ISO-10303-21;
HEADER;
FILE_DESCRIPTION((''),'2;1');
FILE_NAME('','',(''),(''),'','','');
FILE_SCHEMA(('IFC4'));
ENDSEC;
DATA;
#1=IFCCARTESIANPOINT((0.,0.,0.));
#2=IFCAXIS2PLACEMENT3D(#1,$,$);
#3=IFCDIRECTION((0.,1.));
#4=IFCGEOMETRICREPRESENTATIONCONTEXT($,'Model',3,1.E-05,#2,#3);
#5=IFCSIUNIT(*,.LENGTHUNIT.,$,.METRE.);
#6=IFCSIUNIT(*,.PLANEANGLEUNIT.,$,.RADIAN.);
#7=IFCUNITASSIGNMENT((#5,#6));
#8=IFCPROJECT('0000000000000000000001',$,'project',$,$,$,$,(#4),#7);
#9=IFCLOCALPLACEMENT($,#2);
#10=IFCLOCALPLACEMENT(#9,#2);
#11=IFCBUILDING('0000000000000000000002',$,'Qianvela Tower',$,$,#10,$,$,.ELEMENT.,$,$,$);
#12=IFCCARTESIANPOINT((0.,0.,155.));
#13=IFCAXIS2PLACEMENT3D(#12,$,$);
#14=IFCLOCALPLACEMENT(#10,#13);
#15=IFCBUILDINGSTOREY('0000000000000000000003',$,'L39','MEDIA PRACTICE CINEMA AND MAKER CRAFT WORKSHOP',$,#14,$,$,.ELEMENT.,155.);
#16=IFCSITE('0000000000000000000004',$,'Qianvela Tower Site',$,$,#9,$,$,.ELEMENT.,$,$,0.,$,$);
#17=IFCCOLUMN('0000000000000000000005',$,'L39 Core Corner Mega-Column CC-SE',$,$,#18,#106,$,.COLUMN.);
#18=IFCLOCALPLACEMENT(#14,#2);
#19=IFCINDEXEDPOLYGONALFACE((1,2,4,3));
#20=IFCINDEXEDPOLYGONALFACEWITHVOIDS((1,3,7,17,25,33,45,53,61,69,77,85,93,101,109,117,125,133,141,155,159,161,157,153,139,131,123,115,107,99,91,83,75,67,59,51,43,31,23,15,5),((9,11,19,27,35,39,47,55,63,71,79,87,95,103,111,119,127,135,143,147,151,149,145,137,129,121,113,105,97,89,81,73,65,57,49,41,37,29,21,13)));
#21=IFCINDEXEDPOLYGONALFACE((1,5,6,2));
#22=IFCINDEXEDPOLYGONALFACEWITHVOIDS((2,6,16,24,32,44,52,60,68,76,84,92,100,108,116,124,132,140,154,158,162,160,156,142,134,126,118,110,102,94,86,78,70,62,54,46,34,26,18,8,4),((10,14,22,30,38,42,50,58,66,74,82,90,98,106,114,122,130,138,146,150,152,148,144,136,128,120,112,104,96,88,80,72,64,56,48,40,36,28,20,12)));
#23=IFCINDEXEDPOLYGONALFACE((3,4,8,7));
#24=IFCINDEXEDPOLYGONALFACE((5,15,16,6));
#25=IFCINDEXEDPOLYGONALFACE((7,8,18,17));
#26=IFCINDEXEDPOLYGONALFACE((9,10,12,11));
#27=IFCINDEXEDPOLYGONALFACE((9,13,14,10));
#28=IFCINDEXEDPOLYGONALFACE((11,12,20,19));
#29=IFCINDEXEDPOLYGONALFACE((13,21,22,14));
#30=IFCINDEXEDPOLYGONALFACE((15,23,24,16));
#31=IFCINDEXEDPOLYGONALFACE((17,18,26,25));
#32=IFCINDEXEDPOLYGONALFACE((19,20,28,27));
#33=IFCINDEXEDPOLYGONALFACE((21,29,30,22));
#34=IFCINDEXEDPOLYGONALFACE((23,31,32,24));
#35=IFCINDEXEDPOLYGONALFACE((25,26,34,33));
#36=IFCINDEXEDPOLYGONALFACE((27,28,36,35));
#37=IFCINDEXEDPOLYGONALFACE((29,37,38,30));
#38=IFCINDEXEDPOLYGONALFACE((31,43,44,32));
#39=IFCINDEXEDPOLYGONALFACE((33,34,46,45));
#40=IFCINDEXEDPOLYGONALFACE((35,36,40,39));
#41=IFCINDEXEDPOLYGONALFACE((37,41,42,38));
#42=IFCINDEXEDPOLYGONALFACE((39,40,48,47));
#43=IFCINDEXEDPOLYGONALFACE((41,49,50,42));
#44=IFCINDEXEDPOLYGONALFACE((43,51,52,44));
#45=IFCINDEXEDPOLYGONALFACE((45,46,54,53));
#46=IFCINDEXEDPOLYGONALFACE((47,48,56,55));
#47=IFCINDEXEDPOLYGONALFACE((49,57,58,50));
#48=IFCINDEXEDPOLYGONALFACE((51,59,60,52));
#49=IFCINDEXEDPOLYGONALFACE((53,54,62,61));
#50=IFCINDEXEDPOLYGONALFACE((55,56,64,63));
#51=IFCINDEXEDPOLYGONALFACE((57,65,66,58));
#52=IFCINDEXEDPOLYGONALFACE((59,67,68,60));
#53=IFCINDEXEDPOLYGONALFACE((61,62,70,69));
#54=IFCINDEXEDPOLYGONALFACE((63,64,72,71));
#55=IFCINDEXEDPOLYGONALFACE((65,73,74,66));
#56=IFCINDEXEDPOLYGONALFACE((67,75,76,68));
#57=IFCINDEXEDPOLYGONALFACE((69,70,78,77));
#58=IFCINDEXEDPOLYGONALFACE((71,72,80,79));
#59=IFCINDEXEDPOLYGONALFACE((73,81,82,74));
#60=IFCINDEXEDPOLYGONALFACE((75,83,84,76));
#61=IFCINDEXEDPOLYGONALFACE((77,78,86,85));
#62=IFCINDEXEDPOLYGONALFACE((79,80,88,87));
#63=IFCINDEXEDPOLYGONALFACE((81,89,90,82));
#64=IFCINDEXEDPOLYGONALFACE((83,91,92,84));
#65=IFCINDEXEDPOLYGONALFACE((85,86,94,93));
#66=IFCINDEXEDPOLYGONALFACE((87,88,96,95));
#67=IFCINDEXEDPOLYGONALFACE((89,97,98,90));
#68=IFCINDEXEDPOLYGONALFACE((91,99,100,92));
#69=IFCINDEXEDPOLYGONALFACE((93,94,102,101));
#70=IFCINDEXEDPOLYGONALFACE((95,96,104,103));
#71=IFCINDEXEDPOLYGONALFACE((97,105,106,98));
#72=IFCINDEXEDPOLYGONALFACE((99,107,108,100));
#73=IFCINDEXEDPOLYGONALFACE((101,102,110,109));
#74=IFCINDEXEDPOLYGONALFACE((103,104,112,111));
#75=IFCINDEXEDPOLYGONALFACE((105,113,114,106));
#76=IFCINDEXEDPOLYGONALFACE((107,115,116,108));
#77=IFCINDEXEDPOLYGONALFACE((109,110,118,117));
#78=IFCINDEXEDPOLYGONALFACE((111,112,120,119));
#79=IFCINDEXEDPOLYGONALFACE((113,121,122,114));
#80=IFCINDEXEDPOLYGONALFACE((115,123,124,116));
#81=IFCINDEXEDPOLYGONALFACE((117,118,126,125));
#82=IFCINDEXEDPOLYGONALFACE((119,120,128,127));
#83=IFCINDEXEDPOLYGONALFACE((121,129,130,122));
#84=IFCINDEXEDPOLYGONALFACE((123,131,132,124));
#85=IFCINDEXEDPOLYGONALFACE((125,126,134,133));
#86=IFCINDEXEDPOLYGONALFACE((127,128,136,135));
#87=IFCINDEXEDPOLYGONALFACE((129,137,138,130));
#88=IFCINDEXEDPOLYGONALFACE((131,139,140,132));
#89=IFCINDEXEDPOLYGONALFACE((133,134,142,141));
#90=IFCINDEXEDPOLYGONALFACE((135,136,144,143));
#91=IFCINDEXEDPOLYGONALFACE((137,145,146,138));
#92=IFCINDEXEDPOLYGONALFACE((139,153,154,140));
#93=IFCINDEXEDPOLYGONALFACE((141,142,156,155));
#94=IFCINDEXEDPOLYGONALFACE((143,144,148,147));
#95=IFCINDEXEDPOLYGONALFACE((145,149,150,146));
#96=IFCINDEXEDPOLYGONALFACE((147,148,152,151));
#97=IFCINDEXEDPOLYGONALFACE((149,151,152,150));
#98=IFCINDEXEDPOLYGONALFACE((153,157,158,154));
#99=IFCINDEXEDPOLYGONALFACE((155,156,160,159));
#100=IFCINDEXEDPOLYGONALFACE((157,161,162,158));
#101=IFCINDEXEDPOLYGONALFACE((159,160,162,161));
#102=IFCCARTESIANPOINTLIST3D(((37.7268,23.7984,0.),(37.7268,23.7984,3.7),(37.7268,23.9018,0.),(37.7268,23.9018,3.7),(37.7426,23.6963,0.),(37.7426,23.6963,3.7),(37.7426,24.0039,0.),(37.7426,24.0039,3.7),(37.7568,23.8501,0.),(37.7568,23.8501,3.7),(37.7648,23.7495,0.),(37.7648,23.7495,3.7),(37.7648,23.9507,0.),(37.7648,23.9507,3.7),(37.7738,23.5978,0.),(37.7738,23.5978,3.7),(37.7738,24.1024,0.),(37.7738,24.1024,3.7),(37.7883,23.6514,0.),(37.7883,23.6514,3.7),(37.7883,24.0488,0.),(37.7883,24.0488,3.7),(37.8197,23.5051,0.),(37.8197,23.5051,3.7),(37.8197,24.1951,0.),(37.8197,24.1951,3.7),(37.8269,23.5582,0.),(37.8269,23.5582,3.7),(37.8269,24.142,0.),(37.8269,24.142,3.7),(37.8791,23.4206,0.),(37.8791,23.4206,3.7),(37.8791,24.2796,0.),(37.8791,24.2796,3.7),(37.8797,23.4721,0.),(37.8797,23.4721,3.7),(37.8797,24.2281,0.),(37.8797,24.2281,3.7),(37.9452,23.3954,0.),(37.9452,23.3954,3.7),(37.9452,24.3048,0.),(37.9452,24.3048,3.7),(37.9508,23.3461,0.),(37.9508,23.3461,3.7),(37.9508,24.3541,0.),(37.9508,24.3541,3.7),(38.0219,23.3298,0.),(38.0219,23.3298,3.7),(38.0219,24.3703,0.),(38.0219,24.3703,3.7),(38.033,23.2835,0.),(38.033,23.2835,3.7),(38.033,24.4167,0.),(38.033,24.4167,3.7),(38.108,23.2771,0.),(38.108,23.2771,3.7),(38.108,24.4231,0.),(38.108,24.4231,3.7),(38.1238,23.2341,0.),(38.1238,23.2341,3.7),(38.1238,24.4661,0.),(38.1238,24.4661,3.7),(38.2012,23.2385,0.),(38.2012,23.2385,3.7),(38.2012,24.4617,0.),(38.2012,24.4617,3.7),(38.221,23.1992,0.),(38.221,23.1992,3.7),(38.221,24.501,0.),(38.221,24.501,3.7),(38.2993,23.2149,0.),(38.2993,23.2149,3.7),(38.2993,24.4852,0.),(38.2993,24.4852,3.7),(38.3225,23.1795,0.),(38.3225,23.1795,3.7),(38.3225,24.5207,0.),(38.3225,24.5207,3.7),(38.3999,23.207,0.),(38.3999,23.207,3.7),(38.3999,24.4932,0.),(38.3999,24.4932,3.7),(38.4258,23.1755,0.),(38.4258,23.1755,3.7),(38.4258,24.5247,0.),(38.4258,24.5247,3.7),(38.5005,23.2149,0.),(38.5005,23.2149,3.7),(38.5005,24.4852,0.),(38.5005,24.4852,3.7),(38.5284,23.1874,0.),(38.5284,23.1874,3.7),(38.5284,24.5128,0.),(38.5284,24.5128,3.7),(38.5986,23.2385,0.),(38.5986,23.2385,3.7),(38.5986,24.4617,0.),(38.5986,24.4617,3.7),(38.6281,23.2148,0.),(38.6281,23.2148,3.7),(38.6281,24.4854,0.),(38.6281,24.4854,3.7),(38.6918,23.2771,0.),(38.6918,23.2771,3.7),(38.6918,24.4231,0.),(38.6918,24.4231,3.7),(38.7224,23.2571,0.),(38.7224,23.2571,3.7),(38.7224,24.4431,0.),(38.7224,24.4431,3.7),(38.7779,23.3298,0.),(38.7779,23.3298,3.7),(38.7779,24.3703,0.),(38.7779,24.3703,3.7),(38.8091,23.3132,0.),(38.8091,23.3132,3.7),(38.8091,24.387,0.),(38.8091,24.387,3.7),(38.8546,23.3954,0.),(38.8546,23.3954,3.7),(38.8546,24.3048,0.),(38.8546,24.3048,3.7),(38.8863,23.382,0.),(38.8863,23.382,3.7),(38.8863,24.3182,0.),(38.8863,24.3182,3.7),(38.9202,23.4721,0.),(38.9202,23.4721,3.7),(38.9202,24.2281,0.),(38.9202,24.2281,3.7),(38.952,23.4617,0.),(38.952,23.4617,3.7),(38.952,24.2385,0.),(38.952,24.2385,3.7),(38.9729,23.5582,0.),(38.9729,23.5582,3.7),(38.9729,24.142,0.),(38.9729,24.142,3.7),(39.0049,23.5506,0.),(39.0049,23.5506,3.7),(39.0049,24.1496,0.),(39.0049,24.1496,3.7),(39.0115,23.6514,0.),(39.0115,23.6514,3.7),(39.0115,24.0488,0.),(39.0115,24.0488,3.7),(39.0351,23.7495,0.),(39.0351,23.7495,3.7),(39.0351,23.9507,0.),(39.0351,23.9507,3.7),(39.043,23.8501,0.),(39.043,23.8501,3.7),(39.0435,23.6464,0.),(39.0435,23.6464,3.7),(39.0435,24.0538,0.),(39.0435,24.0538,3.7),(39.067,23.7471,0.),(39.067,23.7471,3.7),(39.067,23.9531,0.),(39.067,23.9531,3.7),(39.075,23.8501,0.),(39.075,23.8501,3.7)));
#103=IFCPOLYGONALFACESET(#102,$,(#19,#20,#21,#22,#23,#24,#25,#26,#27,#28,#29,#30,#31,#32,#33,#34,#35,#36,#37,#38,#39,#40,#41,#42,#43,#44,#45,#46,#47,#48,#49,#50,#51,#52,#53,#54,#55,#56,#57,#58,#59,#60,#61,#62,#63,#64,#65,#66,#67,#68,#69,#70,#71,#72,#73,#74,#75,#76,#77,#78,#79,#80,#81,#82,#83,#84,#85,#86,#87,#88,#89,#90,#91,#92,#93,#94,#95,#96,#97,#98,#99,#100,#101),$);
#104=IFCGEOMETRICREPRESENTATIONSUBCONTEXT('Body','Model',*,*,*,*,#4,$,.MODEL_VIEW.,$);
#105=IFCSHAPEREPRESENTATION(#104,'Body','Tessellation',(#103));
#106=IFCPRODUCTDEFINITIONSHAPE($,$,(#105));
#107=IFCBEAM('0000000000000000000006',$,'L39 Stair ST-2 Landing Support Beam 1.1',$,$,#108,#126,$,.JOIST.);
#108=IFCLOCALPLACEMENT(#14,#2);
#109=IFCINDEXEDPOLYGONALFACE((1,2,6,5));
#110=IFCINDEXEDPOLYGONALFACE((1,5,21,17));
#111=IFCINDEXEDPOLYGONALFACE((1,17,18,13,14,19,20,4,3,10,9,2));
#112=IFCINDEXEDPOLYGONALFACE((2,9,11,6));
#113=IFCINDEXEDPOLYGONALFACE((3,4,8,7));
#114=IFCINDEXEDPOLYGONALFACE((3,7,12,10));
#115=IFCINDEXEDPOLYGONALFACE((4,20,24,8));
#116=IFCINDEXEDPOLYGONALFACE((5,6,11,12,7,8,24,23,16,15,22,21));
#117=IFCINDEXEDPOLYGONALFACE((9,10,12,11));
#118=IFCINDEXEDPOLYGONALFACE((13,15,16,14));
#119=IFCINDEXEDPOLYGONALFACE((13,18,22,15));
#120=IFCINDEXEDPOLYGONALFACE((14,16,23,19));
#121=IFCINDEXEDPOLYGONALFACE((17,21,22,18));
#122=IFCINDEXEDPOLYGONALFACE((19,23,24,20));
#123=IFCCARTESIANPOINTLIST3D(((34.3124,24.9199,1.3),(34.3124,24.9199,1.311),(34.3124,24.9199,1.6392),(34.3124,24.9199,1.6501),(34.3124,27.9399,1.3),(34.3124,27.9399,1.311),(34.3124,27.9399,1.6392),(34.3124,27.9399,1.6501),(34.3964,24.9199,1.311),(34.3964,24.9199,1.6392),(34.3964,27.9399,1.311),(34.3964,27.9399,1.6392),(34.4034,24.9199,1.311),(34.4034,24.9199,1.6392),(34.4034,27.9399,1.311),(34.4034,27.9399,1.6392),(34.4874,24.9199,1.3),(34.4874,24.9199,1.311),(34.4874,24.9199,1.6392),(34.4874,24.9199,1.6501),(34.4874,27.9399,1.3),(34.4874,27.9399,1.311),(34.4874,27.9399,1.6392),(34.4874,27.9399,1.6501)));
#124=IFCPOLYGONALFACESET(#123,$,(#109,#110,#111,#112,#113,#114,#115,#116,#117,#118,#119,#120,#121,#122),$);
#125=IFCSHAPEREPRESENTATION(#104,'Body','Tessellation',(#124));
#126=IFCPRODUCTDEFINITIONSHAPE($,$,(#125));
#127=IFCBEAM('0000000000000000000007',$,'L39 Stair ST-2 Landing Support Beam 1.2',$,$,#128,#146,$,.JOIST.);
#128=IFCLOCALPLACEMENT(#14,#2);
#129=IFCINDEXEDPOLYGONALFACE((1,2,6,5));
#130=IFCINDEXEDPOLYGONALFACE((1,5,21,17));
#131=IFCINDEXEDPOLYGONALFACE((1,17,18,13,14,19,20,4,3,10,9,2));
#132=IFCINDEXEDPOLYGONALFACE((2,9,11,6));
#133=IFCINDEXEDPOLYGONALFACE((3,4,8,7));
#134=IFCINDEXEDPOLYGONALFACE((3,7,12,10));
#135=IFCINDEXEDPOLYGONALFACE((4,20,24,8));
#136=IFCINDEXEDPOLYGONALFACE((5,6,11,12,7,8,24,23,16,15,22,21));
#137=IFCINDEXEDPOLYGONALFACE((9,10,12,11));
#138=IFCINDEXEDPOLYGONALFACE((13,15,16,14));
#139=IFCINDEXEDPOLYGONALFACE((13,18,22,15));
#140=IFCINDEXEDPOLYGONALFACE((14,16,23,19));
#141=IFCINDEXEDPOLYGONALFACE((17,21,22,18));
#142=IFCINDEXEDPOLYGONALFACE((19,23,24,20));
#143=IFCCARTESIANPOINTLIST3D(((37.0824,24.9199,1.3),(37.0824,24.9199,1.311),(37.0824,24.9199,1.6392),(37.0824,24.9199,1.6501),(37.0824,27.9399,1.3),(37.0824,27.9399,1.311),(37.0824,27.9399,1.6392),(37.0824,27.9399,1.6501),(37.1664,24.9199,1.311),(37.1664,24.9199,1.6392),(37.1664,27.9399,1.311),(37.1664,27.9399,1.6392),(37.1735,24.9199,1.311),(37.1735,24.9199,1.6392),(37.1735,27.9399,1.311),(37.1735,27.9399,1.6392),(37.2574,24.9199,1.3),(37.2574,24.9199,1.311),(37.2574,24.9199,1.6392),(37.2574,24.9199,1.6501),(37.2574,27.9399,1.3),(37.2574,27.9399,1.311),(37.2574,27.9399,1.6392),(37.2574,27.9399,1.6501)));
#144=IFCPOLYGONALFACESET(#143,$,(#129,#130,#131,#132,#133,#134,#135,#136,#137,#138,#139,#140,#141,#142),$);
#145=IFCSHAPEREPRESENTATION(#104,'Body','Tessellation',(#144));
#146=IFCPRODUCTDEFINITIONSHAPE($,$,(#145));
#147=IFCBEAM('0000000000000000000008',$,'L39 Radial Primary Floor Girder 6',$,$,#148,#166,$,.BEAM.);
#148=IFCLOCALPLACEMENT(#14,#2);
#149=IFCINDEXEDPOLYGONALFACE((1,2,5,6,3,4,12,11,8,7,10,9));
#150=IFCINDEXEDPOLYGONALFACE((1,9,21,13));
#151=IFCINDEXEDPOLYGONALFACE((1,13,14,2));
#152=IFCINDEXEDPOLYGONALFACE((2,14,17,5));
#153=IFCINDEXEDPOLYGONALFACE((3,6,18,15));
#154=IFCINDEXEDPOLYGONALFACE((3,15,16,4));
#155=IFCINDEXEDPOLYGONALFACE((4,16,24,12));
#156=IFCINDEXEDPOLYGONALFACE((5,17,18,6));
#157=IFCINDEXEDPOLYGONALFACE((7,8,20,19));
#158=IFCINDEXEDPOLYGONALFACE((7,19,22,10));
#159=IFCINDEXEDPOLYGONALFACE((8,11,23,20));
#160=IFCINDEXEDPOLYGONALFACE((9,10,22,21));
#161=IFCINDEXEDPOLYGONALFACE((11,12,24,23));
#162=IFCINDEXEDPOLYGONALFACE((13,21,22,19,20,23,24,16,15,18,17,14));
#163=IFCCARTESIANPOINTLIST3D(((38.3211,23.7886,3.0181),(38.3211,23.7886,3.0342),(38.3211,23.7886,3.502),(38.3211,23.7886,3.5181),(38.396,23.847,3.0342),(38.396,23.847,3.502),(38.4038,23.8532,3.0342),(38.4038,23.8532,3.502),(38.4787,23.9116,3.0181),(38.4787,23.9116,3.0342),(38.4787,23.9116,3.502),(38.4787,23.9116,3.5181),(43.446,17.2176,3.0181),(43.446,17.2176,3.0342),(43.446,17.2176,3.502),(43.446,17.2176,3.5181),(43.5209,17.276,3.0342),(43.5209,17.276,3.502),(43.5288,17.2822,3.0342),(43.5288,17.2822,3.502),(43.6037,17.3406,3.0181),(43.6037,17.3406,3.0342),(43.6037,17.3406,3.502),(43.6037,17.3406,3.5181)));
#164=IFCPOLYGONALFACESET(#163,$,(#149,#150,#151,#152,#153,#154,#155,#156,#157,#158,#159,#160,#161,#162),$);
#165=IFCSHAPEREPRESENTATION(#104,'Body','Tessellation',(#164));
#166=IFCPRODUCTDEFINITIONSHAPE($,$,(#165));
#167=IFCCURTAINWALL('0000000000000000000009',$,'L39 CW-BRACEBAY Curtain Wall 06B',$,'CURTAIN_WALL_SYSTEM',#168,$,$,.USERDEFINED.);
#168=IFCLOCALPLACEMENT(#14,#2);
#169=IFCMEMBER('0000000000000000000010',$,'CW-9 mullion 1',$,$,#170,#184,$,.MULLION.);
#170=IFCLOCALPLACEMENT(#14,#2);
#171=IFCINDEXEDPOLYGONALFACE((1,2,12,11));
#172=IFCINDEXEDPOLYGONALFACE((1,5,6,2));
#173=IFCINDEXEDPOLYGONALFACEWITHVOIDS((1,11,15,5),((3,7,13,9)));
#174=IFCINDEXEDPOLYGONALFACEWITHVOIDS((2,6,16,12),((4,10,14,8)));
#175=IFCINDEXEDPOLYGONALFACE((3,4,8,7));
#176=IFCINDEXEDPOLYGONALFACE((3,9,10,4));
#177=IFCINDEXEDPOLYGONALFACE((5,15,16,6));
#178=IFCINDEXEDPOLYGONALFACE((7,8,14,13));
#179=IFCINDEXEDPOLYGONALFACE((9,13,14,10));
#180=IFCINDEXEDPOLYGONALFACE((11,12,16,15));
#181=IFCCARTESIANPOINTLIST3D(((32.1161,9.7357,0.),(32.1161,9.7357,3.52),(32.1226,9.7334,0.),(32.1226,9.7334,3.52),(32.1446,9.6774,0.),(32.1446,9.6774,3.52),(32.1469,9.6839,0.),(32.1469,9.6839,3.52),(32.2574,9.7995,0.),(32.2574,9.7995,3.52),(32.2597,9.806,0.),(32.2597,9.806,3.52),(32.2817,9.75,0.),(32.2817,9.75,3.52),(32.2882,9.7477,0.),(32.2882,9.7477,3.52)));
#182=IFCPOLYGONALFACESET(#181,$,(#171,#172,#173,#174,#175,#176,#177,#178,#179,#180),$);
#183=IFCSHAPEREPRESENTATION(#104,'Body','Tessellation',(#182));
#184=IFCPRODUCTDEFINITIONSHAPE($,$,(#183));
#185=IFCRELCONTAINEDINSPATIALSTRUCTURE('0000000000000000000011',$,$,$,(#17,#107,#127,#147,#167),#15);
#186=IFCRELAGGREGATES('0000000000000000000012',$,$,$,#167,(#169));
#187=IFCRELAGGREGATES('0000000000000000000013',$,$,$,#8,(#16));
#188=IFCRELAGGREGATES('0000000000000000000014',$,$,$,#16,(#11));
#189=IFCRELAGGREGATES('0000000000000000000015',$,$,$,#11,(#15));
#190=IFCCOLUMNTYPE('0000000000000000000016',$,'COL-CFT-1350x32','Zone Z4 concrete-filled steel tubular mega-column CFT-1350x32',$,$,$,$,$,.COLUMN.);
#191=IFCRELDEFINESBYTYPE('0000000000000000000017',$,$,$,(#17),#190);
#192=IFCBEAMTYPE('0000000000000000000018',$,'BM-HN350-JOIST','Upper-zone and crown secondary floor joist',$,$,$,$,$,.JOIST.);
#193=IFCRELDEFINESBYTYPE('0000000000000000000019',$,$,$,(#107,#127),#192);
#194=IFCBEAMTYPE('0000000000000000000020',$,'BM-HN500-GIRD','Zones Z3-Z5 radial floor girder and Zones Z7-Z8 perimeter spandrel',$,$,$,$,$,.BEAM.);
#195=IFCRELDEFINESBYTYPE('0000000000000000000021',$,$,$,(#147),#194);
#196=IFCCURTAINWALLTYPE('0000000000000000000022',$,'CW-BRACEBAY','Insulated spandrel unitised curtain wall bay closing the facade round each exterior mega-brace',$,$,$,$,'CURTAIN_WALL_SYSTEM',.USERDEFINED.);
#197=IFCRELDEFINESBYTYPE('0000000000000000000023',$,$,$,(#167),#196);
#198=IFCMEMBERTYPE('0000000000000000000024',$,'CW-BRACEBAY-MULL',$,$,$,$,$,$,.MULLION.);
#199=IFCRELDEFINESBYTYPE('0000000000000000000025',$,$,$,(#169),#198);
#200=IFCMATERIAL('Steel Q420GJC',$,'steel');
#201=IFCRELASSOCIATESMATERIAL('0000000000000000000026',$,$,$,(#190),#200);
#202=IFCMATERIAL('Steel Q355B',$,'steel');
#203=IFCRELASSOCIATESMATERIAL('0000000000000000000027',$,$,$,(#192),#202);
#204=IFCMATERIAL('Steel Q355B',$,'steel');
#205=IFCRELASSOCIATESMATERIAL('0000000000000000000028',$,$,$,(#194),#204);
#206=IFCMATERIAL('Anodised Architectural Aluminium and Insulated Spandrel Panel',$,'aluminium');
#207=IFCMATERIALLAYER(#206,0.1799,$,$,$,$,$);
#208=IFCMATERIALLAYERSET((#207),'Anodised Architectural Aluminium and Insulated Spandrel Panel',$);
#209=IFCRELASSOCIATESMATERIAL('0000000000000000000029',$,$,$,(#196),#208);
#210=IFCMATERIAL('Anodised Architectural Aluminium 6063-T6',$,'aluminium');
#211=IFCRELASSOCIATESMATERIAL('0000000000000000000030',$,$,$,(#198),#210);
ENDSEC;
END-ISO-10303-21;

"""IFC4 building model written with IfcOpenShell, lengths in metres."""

from ifc_helpers import new_model, si_unit, direction, frame, origin, origin_2d, place, context, subcontext, project, spatial, hollow_rectangle, hollow_circle, i_section, extrude, material, layer, layer_set, material_profile, profile_set, type_object, element, aggregate, save


model = new_model("IFC4")

# Units and contexts
model_context = context("Model", 3, precision=1e-05, world=origin(), true_north=direction((0.0, 1.0)))
body_context = subcontext(model_context, "Body", "Model", "MODEL_VIEW")
ifc_project = project(units=[si_unit("LENGTHUNIT", "METRE"), si_unit("PLANEANGLEUNIT", "RADIAN")], contexts=[model_context])

# Site, building, storey
site_placement = place(None, origin())
site = spatial("IfcSite", under=ifc_project, at=site_placement, Name="Qianvela Tower Site", CompositionType="ELEMENT", RefElevation=0.0)
building_placement = place(site_placement, origin())
building = spatial("IfcBuilding", under=site, at=building_placement, Name="Qianvela Tower", CompositionType="ELEMENT")
storey_placement = place(building_placement, frame((0.0, 0.0, 155.0)))
storey = spatial("IfcBuildingStorey", under=building, at=storey_placement, Name="L39", Description="MEDIA PRACTICE CINEMA AND MAKER CRAFT WORKSHOP", CompositionType="ELEMENT", Elevation=155.0)

# Column
ifc_material_1 = material(Name="Steel Q420GJC", Category="steel")
ifc_material_profile_1 = material_profile(ifc_material_1, hollow_circle(Radius=0.675, WallThickness=0.032, at=origin_2d()), Name="CFT-1350x32")
ifc_profile_set_1 = profile_set([ifc_material_profile_1], Name="Steel Q420GJC")
column_type = type_object("IfcColumnType", Name="COL-CFT-1350x32", Description="Zone Z4 concrete-filled steel tubular mega-column CFT-1350x32", PredefinedType="COLUMN", material=ifc_profile_set_1)
column_placement = place(storey_placement, frame((38.3999, 23.8501, 0.0), z_axis=(0.0, 0.0, 1.0), x_axis=(1.0, 0.0, 0.0)))
element("IfcColumn", 1, at=column_placement, inside=storey, type_object=column_type, Name="L39 Core Corner Mega-Column CC-SE", PredefinedType="COLUMN", context=body_context, shape_type="SweptSolid", body=[
    extrude(hollow_circle(Radius=0.675, WallThickness=0.032, at=origin_2d()), origin(), (0.0, 0.0, 1.0), 3.7),
])

# Beams
ifc_material_2 = material(Name="Steel Q355B", Category="steel")
ifc_material_profile_2 = material_profile(ifc_material_2, i_section(OverallWidth=0.175, OverallDepth=0.3501, WebThickness=0.0071, FlangeThickness=0.011, at=origin_2d()), Name="HN350x175x7x11")
ifc_profile_set_2 = profile_set([ifc_material_profile_2], Name="Steel Q355B")
beam_type_1 = type_object("IfcBeamType", Name="BM-HN350-JOIST", Description="Upper-zone and crown secondary floor joist", PredefinedType="JOIST", material=ifc_profile_set_2)
for number, where, z_axis, x_axis, name in (
    (2, (34.3999, 24.9199, 1.4751), (0.0, 1.0, 0.0), (-1.0, 0.0, 0.0), "L39 Stair ST-2 Landing Support Beam 1.1"),
    (3, (37.1699, 24.9199, 1.4751), (0.0, 1.0, 0.0), (-1.0, 0.0, 0.0), "L39 Stair ST-2 Landing Support Beam 1.2"),
):
    element("IfcBeam", number, at=place(storey_placement, frame(where, z_axis=z_axis, x_axis=x_axis)), inside=storey, type_object=beam_type_1, Name=name, PredefinedType="JOIST", context=body_context, shape_type="SweptSolid", body=[
        extrude(i_section(OverallWidth=0.175, OverallDepth=0.3501, WebThickness=0.0071, FlangeThickness=0.011, at=origin_2d()), origin(), (0.0, 0.0, 1.0), 3.02),
    ])
ifc_material_3 = material(Name="Steel Q355B", Category="steel")
ifc_material_profile_3 = material_profile(ifc_material_3, i_section(OverallWidth=0.2, OverallDepth=0.5, WebThickness=0.01, FlangeThickness=0.0161, at=origin_2d()), Name="HN500x200x10x16")
ifc_profile_set_3 = profile_set([ifc_material_profile_3], Name="Steel Q355B")
beam_type_2 = type_object("IfcBeamType", Name="BM-HN500-GIRD", Description="Zones Z3-Z5 radial floor girder and Zones Z7-Z8 perimeter spandrel", PredefinedType="BEAM", material=ifc_profile_set_3)
beam_placement = place(storey_placement, frame((38.3999, 23.8501, 3.2681), z_axis=(0.615001, -0.788526, 0.0), x_axis=(0.788526, 0.615001, 0.0)))
element("IfcBeam", 4, at=beam_placement, inside=storey, type_object=beam_type_2, Name="L39 Radial Primary Floor Girder 6", PredefinedType="BEAM", context=body_context, shape_type="SweptSolid", body=[
    extrude(i_section(OverallWidth=0.2, OverallDepth=0.5, WebThickness=0.01, FlangeThickness=0.0161, at=origin_2d()), origin(), (0.0, 0.0, 1.0), 8.3333),
])

# Curtain wall, member
ifc_material_4 = material(Name="Anodised Architectural Aluminium and Insulated Spandrel Panel", Category="aluminium")
ifc_layer_1 = layer(ifc_material_4, 0.1799)
ifc_layer_set_1 = layer_set([ifc_layer_1], Name="Anodised Architectural Aluminium and Insulated Spandrel Panel")
curtain_wall_type = type_object("IfcCurtainWallType", Name="CW-BRACEBAY", Description="Insulated spandrel unitised curtain wall bay closing the facade round each exterior mega-brace", ElementType="CURTAIN_WALL_SYSTEM", PredefinedType="USERDEFINED", material=ifc_layer_set_1)
curtain_wall_placement = place(storey_placement, origin())
curtain_wall = element("IfcCurtainWall", 5, at=curtain_wall_placement, inside=storey, type_object=curtain_wall_type, Name="L39 CW-BRACEBAY Curtain Wall 06B", ObjectType="CURTAIN_WALL_SYSTEM", PredefinedType="USERDEFINED")
ifc_material_5 = material(Name="Anodised Architectural Aluminium 6063-T6", Category="aluminium")
ifc_material_profile_4 = material_profile(ifc_material_5, hollow_rectangle(XDim=0.0649, YDim=0.1599, WallThickness=0.0049, at=origin_2d()), Name="ALU-MULL-65x160")
ifc_profile_set_4 = profile_set([ifc_material_profile_4], Name="Anodised Architectural Aluminium 6063-T6")
member_type_1 = type_object("IfcMemberType", Name="CW-BRACEBAY-MULL", PredefinedType="MULLION", material=ifc_profile_set_4)
member_1_placement = place(storey_placement, frame((32.2021, 9.7417, 0.0), z_axis=(0.0, 0.0, 1.0), x_axis=(-0.440141, 0.897929, 0.0)))
member_1 = element("IfcMember", 6, at=member_1_placement, type_object=member_type_1, Name="CW-9 mullion 1", PredefinedType="MULLION", context=body_context, shape_type="SweptSolid", body=[
    extrude(hollow_rectangle(XDim=0.0649, YDim=0.1599, WallThickness=0.0049, at=origin_2d()), origin(), (0.0, 0.0, 1.0), 3.52),
])

aggregate(curtain_wall, [member_1])

save(model, "model.ifc")
